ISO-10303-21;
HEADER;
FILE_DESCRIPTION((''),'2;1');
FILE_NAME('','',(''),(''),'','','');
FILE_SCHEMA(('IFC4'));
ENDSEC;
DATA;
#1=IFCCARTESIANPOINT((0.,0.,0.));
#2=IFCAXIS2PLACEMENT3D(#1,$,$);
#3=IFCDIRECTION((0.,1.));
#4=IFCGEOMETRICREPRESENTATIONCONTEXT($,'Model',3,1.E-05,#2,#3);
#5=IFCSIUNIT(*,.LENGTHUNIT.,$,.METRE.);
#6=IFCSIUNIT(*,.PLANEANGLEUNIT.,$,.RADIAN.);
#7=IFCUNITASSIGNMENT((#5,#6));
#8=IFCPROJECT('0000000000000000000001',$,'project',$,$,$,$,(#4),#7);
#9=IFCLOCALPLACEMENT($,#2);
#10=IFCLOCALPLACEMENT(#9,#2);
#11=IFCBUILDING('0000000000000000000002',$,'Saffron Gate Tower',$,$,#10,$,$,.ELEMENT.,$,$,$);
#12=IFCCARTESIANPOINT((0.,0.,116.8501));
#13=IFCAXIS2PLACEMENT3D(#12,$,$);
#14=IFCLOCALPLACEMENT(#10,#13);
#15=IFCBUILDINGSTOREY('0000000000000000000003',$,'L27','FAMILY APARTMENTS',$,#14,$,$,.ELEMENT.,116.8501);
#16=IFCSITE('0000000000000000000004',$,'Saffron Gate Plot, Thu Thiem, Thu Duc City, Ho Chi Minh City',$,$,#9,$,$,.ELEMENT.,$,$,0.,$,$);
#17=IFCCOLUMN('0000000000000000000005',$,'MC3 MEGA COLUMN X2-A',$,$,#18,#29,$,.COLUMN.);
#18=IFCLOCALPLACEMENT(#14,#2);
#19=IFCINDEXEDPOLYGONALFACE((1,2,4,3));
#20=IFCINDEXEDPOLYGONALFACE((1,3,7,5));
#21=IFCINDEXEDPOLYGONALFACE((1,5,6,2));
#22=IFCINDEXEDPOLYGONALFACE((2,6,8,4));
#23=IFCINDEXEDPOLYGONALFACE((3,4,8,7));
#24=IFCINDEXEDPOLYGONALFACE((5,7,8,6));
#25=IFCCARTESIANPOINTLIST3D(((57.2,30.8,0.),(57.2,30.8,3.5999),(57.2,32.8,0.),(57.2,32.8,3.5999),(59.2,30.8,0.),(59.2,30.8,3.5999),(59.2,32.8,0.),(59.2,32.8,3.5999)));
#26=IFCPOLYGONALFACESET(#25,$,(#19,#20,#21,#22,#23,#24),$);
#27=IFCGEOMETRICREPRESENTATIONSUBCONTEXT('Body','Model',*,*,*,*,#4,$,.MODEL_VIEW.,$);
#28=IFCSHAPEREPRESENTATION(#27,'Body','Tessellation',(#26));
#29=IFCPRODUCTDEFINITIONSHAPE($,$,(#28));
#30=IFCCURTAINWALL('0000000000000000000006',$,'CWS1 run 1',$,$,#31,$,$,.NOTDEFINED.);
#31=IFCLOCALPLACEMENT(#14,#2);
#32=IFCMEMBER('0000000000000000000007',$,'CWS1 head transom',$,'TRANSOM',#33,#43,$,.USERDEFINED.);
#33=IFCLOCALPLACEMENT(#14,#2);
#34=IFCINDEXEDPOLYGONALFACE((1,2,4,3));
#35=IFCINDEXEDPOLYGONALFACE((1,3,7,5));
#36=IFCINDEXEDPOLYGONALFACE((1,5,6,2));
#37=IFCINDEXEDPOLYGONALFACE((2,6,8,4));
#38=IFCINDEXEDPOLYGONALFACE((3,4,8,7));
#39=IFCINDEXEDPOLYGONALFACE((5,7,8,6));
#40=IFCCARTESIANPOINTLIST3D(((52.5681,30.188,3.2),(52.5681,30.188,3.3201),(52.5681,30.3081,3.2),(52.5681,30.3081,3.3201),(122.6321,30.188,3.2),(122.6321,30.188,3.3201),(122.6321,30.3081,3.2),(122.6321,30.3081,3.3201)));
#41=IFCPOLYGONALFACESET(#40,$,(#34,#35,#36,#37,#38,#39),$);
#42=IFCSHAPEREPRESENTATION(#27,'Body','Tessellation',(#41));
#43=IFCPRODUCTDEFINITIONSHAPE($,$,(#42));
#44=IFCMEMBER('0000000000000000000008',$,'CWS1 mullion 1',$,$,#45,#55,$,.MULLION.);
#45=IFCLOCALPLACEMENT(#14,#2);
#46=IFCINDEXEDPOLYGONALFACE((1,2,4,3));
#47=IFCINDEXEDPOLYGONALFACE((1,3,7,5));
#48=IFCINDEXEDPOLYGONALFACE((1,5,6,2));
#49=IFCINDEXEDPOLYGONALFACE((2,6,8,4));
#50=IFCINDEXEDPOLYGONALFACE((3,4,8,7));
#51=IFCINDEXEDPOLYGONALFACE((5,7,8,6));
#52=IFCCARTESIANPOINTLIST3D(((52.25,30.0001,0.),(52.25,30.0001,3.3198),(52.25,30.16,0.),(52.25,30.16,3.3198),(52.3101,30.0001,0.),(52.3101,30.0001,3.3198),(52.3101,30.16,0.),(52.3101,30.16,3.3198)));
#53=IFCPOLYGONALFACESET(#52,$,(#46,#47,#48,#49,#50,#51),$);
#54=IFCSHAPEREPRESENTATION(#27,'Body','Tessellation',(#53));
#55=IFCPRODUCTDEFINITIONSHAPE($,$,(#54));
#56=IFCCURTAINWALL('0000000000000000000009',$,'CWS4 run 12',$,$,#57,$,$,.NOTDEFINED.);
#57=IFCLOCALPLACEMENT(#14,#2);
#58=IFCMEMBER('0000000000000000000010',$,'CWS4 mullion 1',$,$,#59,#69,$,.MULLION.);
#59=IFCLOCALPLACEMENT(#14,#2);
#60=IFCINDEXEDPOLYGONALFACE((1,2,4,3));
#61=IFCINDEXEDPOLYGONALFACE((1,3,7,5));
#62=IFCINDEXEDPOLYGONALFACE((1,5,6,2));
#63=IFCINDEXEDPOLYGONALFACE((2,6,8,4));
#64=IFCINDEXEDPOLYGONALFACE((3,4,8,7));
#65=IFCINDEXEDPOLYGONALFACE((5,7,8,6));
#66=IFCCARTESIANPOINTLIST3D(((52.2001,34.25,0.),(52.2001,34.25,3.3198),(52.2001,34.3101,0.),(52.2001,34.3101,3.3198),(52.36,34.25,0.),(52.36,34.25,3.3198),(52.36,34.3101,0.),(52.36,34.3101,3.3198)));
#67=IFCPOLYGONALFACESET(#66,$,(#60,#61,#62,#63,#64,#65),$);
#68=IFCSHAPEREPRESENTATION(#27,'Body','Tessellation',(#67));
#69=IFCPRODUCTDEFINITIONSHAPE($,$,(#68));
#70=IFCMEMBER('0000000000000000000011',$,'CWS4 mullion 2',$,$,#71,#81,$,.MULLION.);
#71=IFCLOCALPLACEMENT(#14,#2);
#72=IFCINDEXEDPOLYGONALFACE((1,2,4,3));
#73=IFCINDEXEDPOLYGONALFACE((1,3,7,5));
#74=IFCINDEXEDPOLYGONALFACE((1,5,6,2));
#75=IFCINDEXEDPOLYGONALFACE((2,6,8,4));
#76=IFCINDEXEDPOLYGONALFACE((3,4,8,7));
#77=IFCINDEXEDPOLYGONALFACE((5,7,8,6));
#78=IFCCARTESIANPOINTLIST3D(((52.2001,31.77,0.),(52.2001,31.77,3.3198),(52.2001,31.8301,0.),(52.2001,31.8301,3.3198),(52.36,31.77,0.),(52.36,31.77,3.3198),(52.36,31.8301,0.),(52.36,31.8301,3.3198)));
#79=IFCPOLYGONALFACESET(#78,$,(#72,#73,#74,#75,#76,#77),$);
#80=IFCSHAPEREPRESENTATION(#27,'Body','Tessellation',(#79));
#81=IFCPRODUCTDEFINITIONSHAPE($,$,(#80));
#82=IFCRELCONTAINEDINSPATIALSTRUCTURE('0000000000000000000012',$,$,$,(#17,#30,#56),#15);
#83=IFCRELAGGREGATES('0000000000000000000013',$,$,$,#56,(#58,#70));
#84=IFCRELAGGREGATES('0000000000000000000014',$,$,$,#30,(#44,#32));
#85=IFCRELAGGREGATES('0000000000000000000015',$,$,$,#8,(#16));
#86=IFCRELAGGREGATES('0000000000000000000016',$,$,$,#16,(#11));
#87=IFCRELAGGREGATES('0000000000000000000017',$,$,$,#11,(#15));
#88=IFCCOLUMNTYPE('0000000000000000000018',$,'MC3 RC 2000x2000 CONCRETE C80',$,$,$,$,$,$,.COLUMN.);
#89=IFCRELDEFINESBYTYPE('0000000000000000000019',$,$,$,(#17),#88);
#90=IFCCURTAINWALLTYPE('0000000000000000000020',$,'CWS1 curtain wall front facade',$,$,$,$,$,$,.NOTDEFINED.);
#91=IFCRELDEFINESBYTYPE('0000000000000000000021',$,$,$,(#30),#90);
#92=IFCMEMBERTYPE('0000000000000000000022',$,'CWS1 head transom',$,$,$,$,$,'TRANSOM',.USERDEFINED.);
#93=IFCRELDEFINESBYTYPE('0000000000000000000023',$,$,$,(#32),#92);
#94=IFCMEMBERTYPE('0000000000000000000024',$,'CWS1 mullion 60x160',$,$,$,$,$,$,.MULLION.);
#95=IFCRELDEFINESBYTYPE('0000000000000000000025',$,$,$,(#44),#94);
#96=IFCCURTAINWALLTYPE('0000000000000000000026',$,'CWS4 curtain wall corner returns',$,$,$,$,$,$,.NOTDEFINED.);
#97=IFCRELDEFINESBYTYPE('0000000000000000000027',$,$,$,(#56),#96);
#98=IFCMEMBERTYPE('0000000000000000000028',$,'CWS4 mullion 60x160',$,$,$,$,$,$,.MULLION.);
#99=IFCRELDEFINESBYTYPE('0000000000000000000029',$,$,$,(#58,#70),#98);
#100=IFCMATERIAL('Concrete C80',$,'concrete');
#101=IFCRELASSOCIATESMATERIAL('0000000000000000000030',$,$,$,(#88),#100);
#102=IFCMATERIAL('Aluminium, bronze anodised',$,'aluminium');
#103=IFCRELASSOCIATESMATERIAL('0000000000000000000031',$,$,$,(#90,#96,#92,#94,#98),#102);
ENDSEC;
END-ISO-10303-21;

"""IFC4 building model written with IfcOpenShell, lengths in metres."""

from ifc_helpers import new_model, si_unit, direction, frame, origin, origin_2d, place, context, subcontext, project, spatial, rectangle, extrude, material, material_profile, profile_set, type_object, element, aggregate, save


model = new_model("IFC4")

# Units and contexts
model_context = context("Model", 3, precision=1e-05, world=origin(), true_north=direction((0.0, 1.0)))
body_context = subcontext(model_context, "Body", "Model", "MODEL_VIEW")
ifc_project = project(units=[si_unit("LENGTHUNIT", "METRE"), si_unit("PLANEANGLEUNIT", "RADIAN")], contexts=[model_context])

# Site, building, storey
site_placement = place(None, origin())
site = spatial("IfcSite", under=ifc_project, at=site_placement, Name="Saffron Gate Plot, Thu Thiem, Thu Duc City, Ho Chi Minh City", CompositionType="ELEMENT", RefElevation=0.0)
building_placement = place(site_placement, origin())
building = spatial("IfcBuilding", under=site, at=building_placement, Name="Saffron Gate Tower", CompositionType="ELEMENT")
storey_placement = place(building_placement, frame((0.0, 0.0, 116.8501)))
storey = spatial("IfcBuildingStorey", under=building, at=storey_placement, Name="L27", Description="FAMILY APARTMENTS", CompositionType="ELEMENT", Elevation=116.8501)

# Column
ifc_material_1 = material(Name="Concrete C80", Category="concrete")
ifc_material_profile_1 = material_profile(ifc_material_1, rectangle(XDim=2.0, YDim=2.0, at=origin_2d()))
ifc_profile_set_1 = profile_set([ifc_material_profile_1], Name="Concrete C80")
column_type = type_object("IfcColumnType", Name="MC3 RC 2000x2000 CONCRETE C80", PredefinedType="COLUMN", material=ifc_profile_set_1)
column_placement = place(storey_placement, frame((58.2, 31.8, 0.0), z_axis=(0.0, 0.0, 1.0), x_axis=(1.0, 0.0, 0.0)))
element("IfcColumn", 1, at=column_placement, inside=storey, type_object=column_type, Name="MC3 MEGA COLUMN X2-A", PredefinedType="COLUMN", context=body_context, shape_type="SweptSolid", body=[
    extrude(rectangle(XDim=2.0, YDim=2.0, at=origin_2d()), origin(), (0.0, 0.0, 1.0), 3.5999),
])

# Curtain walls, members
ifc_material_2 = material(Name="Aluminium, bronze anodised", Category="aluminium")
curtain_wall_type_1 = type_object("IfcCurtainWallType", Name="CWS1 curtain wall front facade", PredefinedType="NOTDEFINED", material=ifc_material_2)
curtain_wall_1_placement = place(storey_placement, origin())
curtain_wall_1 = element("IfcCurtainWall", 2, at=curtain_wall_1_placement, inside=storey, type_object=curtain_wall_type_1, Name="CWS1 run 1", PredefinedType="NOTDEFINED")
ifc_material_profile_2 = material_profile(ifc_material_2, rectangle(XDim=0.1201, YDim=0.1201, at=origin_2d()))
ifc_profile_set_2 = profile_set([ifc_material_profile_2], Name="Aluminium, bronze anodised")
member_type_1 = type_object("IfcMemberType", Name="CWS1 head transom", ElementType="TRANSOM", PredefinedType="USERDEFINED", material=ifc_profile_set_2)
member_1_placement = place(storey_placement, frame((52.5681, 30.248, 3.26), z_axis=(1.0, 0.0, 0.0), x_axis=(0.0, 1.0, 0.0)))
member_1 = element("IfcMember", 3, at=member_1_placement, type_object=member_type_1, Name="CWS1 head transom", ObjectType="TRANSOM", PredefinedType="USERDEFINED", context=body_context, shape_type="SweptSolid", body=[
    extrude(rectangle(XDim=0.1201, YDim=0.1201, at=origin_2d()), origin(), (0.0, 0.0, 1.0), 70.064),
])
ifc_material_profile_3 = material_profile(ifc_material_2, rectangle(XDim=0.1599, YDim=0.0601, at=origin_2d()))
ifc_profile_set_3 = profile_set([ifc_material_profile_3], Name="Aluminium, bronze anodised")
member_type_2 = type_object("IfcMemberType", Name="CWS1 mullion 60x160", PredefinedType="MULLION", material=ifc_profile_set_3)
member_2_placement = place(storey_placement, frame((52.28, 30.0801, 0.0), z_axis=(0.0, 0.0, 1.0), x_axis=(0.0, 1.0, 0.0)))
member_2 = element("IfcMember", 4, at=member_2_placement, type_object=member_type_2, Name="CWS1 mullion 1", PredefinedType="MULLION", context=body_context, shape_type="SweptSolid", body=[
    extrude(rectangle(XDim=0.1599, YDim=0.0601, at=origin_2d()), origin(), (0.0, 0.0, 1.0), 3.3198),
])
curtain_wall_type_2 = type_object("IfcCurtainWallType", Name="CWS4 curtain wall corner returns", PredefinedType="NOTDEFINED", material=ifc_material_2)
curtain_wall_2_placement = place(storey_placement, origin())
curtain_wall_2 = element("IfcCurtainWall", 5, at=curtain_wall_2_placement, inside=storey, type_object=curtain_wall_type_2, Name="CWS4 run 12", PredefinedType="NOTDEFINED")
ifc_material_profile_4 = material_profile(ifc_material_2, rectangle(XDim=0.1599, YDim=0.0601, at=origin_2d()))
ifc_profile_set_4 = profile_set([ifc_material_profile_4], Name="Aluminium, bronze anodised")
member_type_3 = type_object("IfcMemberType", Name="CWS4 mullion 60x160", PredefinedType="MULLION", material=ifc_profile_set_4)
member_3_placement = place(storey_placement, frame((52.28, 34.28, 0.0), z_axis=(0.0, 0.0, 1.0), x_axis=(1.0, 0.0, 0.0)))
member_3 = element("IfcMember", 6, at=member_3_placement, type_object=member_type_3, Name="CWS4 mullion 1", PredefinedType="MULLION", context=body_context, shape_type="SweptSolid", body=[
    extrude(rectangle(XDim=0.1599, YDim=0.0601, at=origin_2d()), origin(), (0.0, 0.0, 1.0), 3.3198),
])
member_4_placement = place(storey_placement, frame((52.28, 31.8, 0.0), z_axis=(0.0, 0.0, 1.0), x_axis=(1.0, 0.0, 0.0)))
member_4 = element("IfcMember", 7, at=member_4_placement, type_object=member_type_3, Name="CWS4 mullion 2", PredefinedType="MULLION", context=body_context, shape_type="SweptSolid", body=[
    extrude(rectangle(XDim=0.1599, YDim=0.0601, at=origin_2d()), origin(), (0.0, 0.0, 1.0), 3.3198),
])
aggregate(curtain_wall_2, [member_3, member_4])

aggregate(curtain_wall_1, [member_2, member_1])

save(model, "model.ifc")
